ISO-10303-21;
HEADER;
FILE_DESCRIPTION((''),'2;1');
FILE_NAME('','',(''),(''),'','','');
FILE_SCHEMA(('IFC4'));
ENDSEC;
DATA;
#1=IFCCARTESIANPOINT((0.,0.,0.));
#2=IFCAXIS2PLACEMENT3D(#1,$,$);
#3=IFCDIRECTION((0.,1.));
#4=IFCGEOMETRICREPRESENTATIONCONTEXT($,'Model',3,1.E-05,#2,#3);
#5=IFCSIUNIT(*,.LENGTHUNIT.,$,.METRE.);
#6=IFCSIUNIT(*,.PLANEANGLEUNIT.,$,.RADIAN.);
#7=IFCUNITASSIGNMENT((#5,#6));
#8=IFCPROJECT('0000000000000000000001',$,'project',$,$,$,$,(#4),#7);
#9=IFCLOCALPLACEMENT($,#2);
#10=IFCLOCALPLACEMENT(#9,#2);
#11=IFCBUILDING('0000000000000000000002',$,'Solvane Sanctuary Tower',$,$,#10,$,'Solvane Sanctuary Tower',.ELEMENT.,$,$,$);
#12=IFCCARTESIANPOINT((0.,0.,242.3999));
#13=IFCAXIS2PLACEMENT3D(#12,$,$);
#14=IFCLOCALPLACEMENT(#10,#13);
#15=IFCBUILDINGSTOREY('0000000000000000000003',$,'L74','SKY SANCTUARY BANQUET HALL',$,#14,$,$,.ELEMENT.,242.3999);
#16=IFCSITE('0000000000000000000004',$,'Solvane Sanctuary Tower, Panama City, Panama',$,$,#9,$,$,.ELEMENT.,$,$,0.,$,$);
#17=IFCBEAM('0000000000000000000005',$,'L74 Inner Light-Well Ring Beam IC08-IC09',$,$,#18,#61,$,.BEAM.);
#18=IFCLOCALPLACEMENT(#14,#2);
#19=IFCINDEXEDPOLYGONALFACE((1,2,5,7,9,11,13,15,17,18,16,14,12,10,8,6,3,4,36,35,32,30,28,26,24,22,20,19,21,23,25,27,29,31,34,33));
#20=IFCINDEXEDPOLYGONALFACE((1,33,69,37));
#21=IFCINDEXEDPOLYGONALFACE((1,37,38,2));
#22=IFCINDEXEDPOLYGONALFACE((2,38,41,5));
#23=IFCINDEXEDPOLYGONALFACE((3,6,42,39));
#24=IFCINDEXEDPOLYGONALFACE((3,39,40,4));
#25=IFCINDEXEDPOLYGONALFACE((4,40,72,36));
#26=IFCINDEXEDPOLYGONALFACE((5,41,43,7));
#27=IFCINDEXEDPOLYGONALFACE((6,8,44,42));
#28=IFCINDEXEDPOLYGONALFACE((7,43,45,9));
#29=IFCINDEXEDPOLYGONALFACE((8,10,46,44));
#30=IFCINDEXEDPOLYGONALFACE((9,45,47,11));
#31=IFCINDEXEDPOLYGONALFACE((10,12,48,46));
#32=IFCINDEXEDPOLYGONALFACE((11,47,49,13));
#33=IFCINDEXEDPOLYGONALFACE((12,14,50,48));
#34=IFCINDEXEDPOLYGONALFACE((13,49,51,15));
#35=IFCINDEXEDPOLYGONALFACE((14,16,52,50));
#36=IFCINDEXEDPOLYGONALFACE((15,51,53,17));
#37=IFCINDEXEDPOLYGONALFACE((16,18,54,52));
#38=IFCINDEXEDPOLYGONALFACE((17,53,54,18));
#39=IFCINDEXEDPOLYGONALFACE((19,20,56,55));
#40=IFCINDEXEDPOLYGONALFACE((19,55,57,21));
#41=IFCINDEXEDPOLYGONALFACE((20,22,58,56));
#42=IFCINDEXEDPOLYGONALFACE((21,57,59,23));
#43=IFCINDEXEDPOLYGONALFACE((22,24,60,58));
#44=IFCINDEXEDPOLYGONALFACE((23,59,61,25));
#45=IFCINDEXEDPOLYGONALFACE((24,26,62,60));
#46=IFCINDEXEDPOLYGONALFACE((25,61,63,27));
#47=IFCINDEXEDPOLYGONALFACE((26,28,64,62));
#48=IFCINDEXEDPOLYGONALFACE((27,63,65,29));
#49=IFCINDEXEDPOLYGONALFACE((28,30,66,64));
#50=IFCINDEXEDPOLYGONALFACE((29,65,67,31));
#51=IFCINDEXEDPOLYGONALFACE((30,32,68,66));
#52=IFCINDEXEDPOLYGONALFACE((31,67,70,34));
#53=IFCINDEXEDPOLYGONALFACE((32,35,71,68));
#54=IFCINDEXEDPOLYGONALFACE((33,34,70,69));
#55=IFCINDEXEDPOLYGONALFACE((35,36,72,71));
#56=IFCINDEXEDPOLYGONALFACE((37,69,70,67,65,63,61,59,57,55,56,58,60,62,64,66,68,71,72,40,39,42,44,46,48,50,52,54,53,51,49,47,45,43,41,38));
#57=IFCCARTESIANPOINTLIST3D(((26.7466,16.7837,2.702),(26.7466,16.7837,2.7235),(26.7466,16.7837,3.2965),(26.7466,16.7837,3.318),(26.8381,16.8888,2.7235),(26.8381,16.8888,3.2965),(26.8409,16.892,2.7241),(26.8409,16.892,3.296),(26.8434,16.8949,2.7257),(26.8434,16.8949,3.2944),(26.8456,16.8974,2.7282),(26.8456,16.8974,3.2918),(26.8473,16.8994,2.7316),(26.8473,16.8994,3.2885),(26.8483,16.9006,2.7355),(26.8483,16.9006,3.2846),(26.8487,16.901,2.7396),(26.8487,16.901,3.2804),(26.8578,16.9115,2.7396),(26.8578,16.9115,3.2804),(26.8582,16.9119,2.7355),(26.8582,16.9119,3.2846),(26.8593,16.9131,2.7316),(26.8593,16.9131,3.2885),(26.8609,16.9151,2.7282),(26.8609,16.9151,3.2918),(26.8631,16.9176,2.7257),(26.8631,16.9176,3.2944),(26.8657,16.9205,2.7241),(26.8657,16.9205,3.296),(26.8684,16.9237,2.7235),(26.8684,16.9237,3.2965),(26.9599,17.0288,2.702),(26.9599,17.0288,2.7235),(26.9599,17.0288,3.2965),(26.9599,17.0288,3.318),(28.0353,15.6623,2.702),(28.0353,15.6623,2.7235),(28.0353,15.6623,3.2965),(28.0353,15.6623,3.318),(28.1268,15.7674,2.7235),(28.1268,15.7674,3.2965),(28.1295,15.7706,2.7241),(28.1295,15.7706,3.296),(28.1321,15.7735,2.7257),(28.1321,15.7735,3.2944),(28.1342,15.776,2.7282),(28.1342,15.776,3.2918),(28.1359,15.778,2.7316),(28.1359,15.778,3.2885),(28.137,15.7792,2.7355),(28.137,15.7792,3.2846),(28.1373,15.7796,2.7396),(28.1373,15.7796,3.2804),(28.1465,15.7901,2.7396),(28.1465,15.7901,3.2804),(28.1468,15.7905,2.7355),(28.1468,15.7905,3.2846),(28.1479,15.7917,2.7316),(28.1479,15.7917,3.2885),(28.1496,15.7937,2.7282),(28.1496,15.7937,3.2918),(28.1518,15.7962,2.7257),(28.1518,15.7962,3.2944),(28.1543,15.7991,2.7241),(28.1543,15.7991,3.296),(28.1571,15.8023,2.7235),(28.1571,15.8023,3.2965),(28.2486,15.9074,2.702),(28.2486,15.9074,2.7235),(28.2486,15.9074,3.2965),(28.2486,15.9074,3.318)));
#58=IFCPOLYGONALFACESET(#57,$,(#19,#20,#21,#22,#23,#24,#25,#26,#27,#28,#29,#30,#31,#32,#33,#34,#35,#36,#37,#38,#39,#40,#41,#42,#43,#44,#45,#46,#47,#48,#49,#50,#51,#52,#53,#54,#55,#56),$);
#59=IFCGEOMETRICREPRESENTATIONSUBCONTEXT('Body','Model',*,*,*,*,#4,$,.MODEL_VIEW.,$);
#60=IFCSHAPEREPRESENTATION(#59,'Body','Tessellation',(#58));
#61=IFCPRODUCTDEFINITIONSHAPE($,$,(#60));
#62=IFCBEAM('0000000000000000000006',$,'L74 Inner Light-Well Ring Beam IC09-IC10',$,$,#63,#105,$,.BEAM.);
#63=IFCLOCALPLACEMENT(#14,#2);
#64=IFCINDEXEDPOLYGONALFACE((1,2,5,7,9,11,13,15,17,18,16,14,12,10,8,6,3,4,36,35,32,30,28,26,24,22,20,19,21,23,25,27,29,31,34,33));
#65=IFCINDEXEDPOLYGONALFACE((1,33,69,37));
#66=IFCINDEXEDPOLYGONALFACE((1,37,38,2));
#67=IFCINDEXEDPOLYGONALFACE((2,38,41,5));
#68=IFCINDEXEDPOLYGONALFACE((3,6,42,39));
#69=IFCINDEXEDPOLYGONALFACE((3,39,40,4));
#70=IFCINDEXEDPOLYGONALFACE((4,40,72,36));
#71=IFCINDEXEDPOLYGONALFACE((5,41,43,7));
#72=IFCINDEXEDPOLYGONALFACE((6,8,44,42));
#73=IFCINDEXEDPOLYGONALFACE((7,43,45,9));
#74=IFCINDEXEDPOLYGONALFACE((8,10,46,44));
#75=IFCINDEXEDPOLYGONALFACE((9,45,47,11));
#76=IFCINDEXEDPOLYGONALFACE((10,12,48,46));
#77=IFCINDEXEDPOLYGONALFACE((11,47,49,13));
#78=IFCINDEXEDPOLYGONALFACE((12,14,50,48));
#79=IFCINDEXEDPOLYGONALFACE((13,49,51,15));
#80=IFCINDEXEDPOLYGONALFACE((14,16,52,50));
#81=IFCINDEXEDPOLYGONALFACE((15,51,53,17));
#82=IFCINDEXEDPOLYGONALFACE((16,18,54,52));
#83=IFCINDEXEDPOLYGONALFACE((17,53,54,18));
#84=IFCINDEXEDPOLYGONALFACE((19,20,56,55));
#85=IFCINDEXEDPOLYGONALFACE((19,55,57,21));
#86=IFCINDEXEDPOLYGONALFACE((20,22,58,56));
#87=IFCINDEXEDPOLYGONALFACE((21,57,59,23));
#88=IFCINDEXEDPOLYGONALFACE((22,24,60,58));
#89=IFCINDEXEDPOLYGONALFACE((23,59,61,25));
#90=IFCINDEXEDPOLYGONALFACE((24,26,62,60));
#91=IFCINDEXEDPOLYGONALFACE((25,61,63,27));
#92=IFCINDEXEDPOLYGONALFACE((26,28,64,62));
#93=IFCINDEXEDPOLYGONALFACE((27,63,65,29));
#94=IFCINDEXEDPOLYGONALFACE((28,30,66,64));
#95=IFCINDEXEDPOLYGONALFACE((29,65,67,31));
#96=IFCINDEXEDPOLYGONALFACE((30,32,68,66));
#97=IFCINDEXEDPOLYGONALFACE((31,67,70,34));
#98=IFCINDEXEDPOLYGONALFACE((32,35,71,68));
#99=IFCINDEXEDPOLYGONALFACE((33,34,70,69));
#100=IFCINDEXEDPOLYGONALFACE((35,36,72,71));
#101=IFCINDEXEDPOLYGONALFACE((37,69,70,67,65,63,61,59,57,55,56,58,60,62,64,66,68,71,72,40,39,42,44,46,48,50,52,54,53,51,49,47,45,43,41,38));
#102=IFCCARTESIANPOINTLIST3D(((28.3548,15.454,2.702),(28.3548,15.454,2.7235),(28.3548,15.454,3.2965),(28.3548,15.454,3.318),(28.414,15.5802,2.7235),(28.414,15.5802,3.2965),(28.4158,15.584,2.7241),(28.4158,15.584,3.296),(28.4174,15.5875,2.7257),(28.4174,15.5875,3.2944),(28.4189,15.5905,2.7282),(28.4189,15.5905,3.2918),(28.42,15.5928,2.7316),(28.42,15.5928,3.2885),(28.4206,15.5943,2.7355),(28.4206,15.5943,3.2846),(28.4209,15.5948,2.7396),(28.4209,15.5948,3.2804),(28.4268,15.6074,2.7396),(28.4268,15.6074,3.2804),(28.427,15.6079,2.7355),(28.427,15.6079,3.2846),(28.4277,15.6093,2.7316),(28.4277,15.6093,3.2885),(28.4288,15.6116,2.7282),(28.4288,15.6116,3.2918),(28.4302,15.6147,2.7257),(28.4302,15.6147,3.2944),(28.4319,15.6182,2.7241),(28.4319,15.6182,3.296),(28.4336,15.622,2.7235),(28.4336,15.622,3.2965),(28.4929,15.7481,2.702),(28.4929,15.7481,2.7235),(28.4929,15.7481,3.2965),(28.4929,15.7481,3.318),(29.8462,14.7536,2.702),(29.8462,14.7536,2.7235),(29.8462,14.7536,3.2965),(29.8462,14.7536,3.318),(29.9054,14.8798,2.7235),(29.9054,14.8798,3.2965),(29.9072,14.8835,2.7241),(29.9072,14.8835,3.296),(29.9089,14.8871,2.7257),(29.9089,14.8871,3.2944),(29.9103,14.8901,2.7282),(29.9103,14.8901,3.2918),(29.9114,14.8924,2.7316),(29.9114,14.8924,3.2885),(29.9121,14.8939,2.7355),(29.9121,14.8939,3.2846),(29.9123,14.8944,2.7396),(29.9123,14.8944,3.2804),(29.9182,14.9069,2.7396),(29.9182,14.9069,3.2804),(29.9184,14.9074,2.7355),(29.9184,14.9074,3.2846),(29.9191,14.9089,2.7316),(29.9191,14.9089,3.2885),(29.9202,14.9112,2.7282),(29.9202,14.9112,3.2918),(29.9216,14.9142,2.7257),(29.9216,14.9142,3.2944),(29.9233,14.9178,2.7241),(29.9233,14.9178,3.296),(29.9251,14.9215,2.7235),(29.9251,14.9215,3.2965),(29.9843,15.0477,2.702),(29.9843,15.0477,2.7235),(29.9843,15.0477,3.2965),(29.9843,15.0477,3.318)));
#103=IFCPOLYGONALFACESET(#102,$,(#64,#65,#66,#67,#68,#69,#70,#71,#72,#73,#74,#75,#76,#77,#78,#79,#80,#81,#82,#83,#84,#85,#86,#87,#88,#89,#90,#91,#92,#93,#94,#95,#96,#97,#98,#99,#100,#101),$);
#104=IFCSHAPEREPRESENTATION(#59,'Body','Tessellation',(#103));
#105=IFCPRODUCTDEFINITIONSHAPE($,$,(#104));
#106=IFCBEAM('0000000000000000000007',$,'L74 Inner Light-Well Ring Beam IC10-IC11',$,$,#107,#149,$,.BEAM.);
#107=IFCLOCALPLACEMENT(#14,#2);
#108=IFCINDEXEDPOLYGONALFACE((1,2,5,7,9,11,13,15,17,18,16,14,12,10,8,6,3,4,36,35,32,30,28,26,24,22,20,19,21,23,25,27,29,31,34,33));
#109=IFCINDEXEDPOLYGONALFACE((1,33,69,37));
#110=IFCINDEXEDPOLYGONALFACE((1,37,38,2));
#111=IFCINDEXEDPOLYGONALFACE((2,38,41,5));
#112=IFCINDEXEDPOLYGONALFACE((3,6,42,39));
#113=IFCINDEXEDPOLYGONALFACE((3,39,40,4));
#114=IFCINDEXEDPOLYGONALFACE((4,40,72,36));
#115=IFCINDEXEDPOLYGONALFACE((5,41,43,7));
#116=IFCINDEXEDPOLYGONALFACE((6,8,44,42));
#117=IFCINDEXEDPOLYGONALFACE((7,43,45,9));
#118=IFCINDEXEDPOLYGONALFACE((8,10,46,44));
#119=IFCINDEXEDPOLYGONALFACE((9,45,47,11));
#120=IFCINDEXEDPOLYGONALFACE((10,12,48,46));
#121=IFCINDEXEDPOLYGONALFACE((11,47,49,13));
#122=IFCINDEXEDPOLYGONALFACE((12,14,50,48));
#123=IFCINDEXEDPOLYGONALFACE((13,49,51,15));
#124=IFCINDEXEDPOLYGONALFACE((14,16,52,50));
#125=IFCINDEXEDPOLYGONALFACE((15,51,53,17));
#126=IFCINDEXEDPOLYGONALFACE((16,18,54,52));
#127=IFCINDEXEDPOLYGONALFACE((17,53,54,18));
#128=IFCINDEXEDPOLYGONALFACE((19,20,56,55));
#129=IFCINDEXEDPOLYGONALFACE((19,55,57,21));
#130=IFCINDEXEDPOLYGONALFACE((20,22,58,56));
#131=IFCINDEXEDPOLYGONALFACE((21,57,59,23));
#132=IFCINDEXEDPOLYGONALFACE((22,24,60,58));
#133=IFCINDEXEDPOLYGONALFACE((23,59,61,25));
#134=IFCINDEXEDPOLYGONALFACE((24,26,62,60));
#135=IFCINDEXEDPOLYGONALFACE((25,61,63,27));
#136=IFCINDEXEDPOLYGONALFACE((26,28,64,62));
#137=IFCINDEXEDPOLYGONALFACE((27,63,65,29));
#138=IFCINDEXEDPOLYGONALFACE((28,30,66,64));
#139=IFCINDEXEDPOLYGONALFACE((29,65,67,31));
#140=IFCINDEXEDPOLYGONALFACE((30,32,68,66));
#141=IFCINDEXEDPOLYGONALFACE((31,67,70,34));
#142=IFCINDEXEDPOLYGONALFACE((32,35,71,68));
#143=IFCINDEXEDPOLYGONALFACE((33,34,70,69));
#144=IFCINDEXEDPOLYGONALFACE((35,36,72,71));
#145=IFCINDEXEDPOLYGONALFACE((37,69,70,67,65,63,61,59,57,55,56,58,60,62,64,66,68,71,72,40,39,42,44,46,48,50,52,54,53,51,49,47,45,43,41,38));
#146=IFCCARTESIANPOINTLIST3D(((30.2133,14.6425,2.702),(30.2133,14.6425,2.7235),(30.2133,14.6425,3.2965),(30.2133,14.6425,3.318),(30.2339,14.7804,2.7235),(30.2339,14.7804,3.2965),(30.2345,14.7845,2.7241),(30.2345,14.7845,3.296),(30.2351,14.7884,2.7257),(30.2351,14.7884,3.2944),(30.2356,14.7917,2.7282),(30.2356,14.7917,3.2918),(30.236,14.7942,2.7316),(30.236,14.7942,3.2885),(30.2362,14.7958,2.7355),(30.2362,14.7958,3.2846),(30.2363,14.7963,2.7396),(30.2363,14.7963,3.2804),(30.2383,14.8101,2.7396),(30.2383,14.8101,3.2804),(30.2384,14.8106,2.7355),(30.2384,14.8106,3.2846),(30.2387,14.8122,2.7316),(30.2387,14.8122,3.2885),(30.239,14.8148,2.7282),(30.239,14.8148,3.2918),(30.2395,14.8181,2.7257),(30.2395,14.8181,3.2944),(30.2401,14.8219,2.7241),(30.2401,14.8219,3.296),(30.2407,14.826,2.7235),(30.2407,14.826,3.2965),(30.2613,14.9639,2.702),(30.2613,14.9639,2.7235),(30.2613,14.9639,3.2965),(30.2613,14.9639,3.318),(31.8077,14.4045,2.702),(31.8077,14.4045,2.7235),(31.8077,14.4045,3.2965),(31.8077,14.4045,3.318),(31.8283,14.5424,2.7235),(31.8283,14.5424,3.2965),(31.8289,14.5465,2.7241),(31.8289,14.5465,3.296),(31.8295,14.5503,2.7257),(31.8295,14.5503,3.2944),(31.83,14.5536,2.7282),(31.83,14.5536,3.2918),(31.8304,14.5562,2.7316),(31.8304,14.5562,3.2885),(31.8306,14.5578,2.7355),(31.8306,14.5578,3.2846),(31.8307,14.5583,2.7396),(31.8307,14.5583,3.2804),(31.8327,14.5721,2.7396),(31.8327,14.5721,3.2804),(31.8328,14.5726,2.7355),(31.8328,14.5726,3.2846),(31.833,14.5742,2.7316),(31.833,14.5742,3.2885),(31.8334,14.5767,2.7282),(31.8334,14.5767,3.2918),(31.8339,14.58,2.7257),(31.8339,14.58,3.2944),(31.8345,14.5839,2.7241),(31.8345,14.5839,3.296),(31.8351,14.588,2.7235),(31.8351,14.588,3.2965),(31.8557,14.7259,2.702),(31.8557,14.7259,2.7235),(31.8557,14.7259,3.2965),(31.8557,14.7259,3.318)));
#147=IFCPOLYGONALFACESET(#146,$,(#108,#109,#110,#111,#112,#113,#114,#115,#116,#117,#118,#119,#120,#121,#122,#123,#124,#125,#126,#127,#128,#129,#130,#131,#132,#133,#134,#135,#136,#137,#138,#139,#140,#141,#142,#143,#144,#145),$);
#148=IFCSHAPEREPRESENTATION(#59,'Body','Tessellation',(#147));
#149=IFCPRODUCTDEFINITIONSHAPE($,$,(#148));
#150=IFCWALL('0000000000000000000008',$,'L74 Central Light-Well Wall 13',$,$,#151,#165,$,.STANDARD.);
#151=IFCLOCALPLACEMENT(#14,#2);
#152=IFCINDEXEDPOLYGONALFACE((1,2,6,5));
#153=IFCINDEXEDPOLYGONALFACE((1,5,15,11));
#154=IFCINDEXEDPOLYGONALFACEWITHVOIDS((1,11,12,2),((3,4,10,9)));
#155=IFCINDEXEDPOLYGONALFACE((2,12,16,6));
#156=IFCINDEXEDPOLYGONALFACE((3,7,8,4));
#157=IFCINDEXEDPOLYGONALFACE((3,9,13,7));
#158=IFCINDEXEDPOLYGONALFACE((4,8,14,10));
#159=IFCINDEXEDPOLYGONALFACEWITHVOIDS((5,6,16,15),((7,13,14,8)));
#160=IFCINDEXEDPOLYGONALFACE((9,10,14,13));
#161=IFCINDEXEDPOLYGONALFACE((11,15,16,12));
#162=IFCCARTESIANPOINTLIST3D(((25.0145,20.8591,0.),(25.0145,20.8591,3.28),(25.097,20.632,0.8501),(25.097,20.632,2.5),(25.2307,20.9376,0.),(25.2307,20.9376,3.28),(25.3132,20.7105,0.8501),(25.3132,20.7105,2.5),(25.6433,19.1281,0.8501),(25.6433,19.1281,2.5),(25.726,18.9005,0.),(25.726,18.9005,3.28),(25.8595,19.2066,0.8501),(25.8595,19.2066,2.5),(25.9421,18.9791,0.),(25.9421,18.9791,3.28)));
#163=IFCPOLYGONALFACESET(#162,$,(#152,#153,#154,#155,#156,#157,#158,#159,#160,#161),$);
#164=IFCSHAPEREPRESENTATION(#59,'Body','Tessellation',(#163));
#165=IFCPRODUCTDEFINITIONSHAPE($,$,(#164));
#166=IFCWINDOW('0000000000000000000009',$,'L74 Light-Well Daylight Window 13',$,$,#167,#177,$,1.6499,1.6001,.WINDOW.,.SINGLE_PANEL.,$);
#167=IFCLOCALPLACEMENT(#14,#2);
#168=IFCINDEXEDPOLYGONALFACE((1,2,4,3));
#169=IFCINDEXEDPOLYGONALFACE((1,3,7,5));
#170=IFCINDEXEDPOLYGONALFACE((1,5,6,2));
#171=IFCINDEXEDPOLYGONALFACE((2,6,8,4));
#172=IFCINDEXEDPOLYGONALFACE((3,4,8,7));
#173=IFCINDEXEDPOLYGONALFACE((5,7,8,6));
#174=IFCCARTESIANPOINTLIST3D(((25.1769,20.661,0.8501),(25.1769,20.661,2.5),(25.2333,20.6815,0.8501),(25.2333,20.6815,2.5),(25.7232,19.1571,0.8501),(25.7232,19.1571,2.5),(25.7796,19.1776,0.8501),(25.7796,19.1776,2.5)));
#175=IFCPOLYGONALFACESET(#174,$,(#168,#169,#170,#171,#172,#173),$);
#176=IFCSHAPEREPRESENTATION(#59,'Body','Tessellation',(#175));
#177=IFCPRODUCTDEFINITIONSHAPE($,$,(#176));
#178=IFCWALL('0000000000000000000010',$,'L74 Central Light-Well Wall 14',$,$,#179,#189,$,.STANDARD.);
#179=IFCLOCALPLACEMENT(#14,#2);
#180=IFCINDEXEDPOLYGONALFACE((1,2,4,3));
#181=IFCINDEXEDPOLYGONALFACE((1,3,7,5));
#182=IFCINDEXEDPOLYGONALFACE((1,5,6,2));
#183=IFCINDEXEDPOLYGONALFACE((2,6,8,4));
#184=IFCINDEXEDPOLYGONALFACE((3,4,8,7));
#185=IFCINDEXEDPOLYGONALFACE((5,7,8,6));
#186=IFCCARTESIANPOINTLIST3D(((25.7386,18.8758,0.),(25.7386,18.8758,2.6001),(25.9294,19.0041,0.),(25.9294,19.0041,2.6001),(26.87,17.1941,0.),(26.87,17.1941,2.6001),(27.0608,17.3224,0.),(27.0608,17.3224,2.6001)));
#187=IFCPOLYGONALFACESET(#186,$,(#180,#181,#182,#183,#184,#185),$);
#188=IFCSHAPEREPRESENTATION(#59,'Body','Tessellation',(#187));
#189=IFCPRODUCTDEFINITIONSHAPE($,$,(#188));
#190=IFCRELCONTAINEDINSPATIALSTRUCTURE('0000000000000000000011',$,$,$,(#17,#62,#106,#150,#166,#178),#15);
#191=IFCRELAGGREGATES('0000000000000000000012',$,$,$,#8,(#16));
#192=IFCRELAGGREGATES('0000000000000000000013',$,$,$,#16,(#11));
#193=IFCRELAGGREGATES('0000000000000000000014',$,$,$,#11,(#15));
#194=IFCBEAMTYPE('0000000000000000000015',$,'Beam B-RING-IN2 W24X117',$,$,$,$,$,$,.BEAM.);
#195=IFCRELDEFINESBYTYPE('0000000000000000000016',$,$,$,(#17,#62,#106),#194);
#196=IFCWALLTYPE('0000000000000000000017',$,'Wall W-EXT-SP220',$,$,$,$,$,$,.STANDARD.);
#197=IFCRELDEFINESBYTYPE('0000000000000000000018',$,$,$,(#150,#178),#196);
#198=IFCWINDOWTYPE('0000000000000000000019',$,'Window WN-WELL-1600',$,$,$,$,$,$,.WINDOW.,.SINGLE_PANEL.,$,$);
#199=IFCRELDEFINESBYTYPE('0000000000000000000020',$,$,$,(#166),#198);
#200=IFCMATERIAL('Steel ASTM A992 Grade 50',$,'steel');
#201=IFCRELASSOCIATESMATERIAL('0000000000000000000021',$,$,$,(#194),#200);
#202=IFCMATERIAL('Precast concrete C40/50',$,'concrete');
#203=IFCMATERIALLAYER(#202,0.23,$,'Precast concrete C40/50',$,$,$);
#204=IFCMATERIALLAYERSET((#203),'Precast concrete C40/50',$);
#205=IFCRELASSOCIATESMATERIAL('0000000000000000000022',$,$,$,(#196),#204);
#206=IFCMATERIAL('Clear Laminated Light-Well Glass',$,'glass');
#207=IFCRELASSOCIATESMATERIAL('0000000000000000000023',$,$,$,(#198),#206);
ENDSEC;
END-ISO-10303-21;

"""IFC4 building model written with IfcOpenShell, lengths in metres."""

from ifc_helpers import new_model, si_unit, direction, frame, frame_2d, origin, origin_2d, place, context, subcontext, project, spatial, rectangle, i_section, extrude, material, layer, layer_set, material_profile, profile_set, type_object, element, fill, save


model = new_model("IFC4")

# Units and contexts
model_context = context("Model", 3, precision=1e-05, world=origin(), true_north=direction((0.0, 1.0)))
body_context = subcontext(model_context, "Body", "Model", "MODEL_VIEW")
ifc_project = project(units=[si_unit("LENGTHUNIT", "METRE"), si_unit("PLANEANGLEUNIT", "RADIAN")], contexts=[model_context])

# Site, building, storey
site_placement = place(None, origin())
site = spatial("IfcSite", under=ifc_project, at=site_placement, Name="Solvane Sanctuary Tower, Panama City, Panama", CompositionType="ELEMENT", RefElevation=0.0)
building_placement = place(site_placement, origin())
building = spatial("IfcBuilding", under=site, at=building_placement, Name="Solvane Sanctuary Tower", LongName="Solvane Sanctuary Tower", CompositionType="ELEMENT")
storey_placement = place(building_placement, frame((0.0, 0.0, 242.3999)))
storey = spatial("IfcBuildingStorey", under=building, at=storey_placement, Name="L74", Description="SKY SANCTUARY BANQUET HALL", CompositionType="ELEMENT", Elevation=242.3999)

# Beams
ifc_material_1 = material(Name="Steel ASTM A992 Grade 50", Category="steel")
ifc_material_profile_1 = material_profile(ifc_material_1, i_section(OverallWidth=0.325, OverallDepth=0.616, WebThickness=0.0139, FlangeThickness=0.0215, FilletRadius=0.0161, at=origin_2d()), Name="W24X117")
ifc_profile_set_1 = profile_set([ifc_material_profile_1], Name="Steel ASTM A992 Grade 50")
beam_type_1 = type_object("IfcBeamType", Name="Beam B-RING-IN2 W24X117", PredefinedType="BEAM", material=ifc_profile_set_1)
beam_1_placement = place(storey_placement, frame((26.8533, 16.9062, 3.01), z_axis=(0.754362, -0.656458, 0.0), x_axis=(0.656458, 0.754362, 0.0)))
element("IfcBeam", 1, at=beam_1_placement, inside=storey, type_object=beam_type_1, Name="L74 Inner Light-Well Ring Beam IC08-IC09", PredefinedType="BEAM", context=body_context, shape_type="SweptSolid", body=[
    extrude(i_section(OverallWidth=0.325, OverallDepth=0.616, WebThickness=0.0139, FlangeThickness=0.0215, FilletRadius=0.0161, at=origin_2d()), origin(), (0.0, 0.0, 1.0), 1.7083),
])
beam_2_placement = place(storey_placement, frame((28.4238, 15.6011, 3.01), z_axis=(0.905151, -0.42509, 0.0), x_axis=(0.42509, 0.905151, 0.0)))
element("IfcBeam", 2, at=beam_2_placement, inside=storey, type_object=beam_type_1, Name="L74 Inner Light-Well Ring Beam IC09-IC10", PredefinedType="BEAM", context=body_context, shape_type="SweptSolid", body=[
    extrude(i_section(OverallWidth=0.325, OverallDepth=0.616, WebThickness=0.0139, FlangeThickness=0.0215, FilletRadius=0.0161, at=origin_2d()), origin(), (0.0, 0.0, 1.0), 1.6477),
])
beam_3_placement = place(storey_placement, frame((30.2373, 14.8032, 3.01), z_axis=(0.989039, -0.147652, 0.0), x_axis=(0.147652, 0.989039, 0.0)))
element("IfcBeam", 3, at=beam_3_placement, inside=storey, type_object=beam_type_1, Name="L74 Inner Light-Well Ring Beam IC10-IC11", PredefinedType="BEAM", context=body_context, shape_type="SweptSolid", body=[
    extrude(i_section(OverallWidth=0.325, OverallDepth=0.616, WebThickness=0.0139, FlangeThickness=0.0215, FilletRadius=0.0161, at=origin_2d()), origin(), (0.0, 0.0, 1.0), 1.6121),
])

# Wall, opening, window
ifc_material_2 = material(Name="Precast concrete C40/50", Category="concrete")
ifc_layer_1 = layer(ifc_material_2, 0.23, Name="Precast concrete C40/50")
ifc_layer_set_1 = layer_set([ifc_layer_1], Name="Precast concrete C40/50")
wall_type_1 = type_object("IfcWallType", Name="Wall W-EXT-SP220", PredefinedType="STANDARD", material=ifc_layer_set_1)
wall_1_placement = place(storey_placement, frame((25.1226, 20.8984, 0.0), z_axis=(0.0, 0.0, 1.0), x_axis=(0.341423, -0.93991, 0.0)))
wall_1 = element("IfcWall", 4, at=wall_1_placement, inside=storey, type_object=wall_type_1, Name="L74 Central Light-Well Wall 13", PredefinedType="STANDARD", context=body_context, shape_type="SweptSolid", body=[
    extrude(rectangle(XDim=2.0837, YDim=0.23, at=frame_2d((1.042, 0.0))), origin(), (0.0, 0.0, 1.0), 3.28),
])
opening_1_placement = place(wall_1_placement, frame((0.2417, 0.0, 0.8501)))
opening_1 = element("IfcOpeningElement", 5, at=opening_1_placement, cuts=wall_1, PredefinedType="OPENING", context=body_context, shape_type="SweptSolid", body=[
    extrude(rectangle(XDim=1.6001, YDim=1.6499, at=frame_2d((0.8, 0.825))), frame((0.0, 0.125, 0.0), z_axis=(0.0, -1.0, 0.0), x_axis=(1.0, 0.0, 0.0)), (0.0, 0.0, 1.0), 0.25),
])
ifc_material_3 = material(Name="Clear Laminated Light-Well Glass", Category="glass")
window_type = type_object("IfcWindowType", Name="Window WN-WELL-1600", PartitioningType="SINGLE_PANEL", PredefinedType="WINDOW", material=ifc_material_3)
window_placement = place(opening_1_placement, origin())
window = element("IfcWindow", 6, at=window_placement, inside=storey, type_object=window_type, Name="L74 Light-Well Daylight Window 13", OverallHeight=1.6499, OverallWidth=1.6001, PartitioningType="SINGLE_PANEL", PredefinedType="WINDOW", context=body_context, shape_type="SweptSolid", body=[
    extrude(rectangle(XDim=1.6001, YDim=1.6499, at=frame_2d((0.8, 0.825))), frame((0.0, 0.03, 0.0), z_axis=(0.0, -1.0, 0.0), x_axis=(1.0, 0.0, 0.0)), (0.0, 0.0, 1.0), 0.0601),
])
fill(opening_1, window)

# Wall
wall_2_placement = place(storey_placement, frame((25.834, 18.9399, 0.0), z_axis=(0.0, 0.0, 1.0), x_axis=(0.558198, -0.829708, 0.0)))
element("IfcWall", 7, at=wall_2_placement, inside=storey, type_object=wall_type_1, Name="L74 Central Light-Well Wall 14", PredefinedType="STANDARD", context=body_context, shape_type="SweptSolid", body=[
    extrude(rectangle(XDim=2.0269, YDim=0.23, at=frame_2d((1.0134, 0.0))), origin(), (0.0, 0.0, 1.0), 2.6001),
])

save(model, "model.ifc")
